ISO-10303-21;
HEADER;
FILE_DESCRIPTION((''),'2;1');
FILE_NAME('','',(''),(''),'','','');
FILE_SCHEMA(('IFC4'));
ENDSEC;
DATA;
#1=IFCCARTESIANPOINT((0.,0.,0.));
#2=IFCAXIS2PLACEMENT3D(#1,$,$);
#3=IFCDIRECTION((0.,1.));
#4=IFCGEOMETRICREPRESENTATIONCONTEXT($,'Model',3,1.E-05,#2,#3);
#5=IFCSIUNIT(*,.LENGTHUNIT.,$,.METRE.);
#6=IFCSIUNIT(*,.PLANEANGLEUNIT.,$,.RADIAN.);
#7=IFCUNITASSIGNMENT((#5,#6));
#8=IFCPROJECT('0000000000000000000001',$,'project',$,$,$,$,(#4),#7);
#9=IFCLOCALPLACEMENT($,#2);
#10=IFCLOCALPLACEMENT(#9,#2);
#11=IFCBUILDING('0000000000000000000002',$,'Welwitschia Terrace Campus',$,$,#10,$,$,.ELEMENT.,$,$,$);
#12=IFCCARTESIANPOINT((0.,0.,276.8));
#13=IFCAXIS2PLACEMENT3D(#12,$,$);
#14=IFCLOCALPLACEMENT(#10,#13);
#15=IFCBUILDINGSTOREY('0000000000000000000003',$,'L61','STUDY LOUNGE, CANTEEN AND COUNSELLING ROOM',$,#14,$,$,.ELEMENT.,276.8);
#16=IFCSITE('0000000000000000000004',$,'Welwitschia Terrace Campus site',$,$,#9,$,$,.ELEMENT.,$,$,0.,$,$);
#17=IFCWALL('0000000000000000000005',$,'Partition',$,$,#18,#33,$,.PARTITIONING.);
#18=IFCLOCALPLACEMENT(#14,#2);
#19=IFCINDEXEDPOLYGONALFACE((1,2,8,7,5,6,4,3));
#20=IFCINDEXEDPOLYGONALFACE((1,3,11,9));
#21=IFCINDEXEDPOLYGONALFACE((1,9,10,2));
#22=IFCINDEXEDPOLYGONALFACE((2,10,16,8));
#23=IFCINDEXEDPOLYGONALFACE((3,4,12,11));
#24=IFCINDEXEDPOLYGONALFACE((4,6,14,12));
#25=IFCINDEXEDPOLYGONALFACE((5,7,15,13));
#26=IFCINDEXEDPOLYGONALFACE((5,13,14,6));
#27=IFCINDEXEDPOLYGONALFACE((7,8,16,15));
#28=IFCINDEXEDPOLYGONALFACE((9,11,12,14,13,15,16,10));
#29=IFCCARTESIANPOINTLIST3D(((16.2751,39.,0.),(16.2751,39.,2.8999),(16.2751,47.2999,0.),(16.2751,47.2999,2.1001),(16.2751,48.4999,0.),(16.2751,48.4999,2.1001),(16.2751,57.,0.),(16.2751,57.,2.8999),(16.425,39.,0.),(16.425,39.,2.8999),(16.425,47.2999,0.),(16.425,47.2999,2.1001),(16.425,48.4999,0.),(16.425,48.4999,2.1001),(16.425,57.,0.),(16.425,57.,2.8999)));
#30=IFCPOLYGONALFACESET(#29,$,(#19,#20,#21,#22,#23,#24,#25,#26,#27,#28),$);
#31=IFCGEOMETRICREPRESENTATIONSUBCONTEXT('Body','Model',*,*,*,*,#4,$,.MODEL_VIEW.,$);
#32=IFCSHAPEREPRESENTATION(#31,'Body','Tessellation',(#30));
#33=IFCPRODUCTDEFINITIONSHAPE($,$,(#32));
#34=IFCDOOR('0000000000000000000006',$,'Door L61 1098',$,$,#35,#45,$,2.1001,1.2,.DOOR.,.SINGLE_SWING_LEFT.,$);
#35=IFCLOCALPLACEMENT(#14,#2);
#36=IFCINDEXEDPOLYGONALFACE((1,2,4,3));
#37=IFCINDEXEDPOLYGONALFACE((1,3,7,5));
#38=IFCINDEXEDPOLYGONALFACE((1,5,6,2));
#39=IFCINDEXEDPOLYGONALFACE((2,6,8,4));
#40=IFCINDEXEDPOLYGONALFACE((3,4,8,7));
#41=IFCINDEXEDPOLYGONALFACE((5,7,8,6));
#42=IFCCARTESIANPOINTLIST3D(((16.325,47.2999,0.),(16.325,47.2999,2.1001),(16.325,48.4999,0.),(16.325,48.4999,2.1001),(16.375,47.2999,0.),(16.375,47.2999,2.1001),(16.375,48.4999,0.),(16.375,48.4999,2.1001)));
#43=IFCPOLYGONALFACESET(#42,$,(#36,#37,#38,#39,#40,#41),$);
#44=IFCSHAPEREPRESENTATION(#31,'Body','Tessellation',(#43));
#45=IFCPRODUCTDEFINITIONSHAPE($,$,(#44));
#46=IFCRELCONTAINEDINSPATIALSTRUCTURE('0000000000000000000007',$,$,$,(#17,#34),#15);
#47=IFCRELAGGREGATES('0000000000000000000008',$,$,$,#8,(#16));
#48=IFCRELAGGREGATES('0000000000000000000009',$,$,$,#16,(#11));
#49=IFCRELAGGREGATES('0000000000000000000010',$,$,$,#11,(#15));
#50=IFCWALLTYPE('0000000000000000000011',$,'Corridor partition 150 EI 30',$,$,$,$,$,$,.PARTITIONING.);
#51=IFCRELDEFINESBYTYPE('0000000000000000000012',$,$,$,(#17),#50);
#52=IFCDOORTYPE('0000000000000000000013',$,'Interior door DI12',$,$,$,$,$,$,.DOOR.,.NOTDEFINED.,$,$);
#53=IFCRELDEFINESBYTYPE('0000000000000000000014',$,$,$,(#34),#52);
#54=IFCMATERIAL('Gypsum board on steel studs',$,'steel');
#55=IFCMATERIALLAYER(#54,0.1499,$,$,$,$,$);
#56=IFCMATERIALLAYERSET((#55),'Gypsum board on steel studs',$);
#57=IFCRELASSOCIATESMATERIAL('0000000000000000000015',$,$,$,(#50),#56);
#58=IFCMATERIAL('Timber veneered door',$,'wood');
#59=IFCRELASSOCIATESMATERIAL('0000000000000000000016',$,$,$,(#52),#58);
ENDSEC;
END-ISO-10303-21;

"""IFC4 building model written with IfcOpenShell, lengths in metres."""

from ifc_helpers import new_model, si_unit, direction, frame, frame_2d, origin, place, context, subcontext, project, spatial, rectangle, extrude, material, layer, layer_set, type_object, element, fill, save


model = new_model("IFC4")

# Units and contexts
model_context = context("Model", 3, precision=1e-05, world=origin(), true_north=direction((0.0, 1.0)))
body_context = subcontext(model_context, "Body", "Model", "MODEL_VIEW")
ifc_project = project(units=[si_unit("LENGTHUNIT", "METRE"), si_unit("PLANEANGLEUNIT", "RADIAN")], contexts=[model_context])

# Site, building, storey
site_placement = place(None, origin())
site = spatial("IfcSite", under=ifc_project, at=site_placement, Name="Welwitschia Terrace Campus site", CompositionType="ELEMENT", RefElevation=0.0)
building_placement = place(site_placement, origin())
building = spatial("IfcBuilding", under=site, at=building_placement, Name="Welwitschia Terrace Campus", CompositionType="ELEMENT")
storey_placement = place(building_placement, frame((0.0, 0.0, 276.8)))
storey = spatial("IfcBuildingStorey", under=building, at=storey_placement, Name="L61", Description="STUDY LOUNGE, CANTEEN AND COUNSELLING ROOM", CompositionType="ELEMENT", Elevation=276.8)

# Wall, opening, door
ifc_material_1 = material(Name="Gypsum board on steel studs", Category="steel")
ifc_layer_1 = layer(ifc_material_1, 0.1499)
ifc_layer_set_1 = layer_set([ifc_layer_1], Name="Gypsum board on steel studs")
wall_type = type_object("IfcWallType", Name="Corridor partition 150 EI 30", PredefinedType="PARTITIONING", material=ifc_layer_set_1)
ifc_material_2 = material(Name="Timber veneered door", Category="wood")
door_type_1 = type_object("IfcDoorType", Name="Interior door DI12", OperationType="NOTDEFINED", PredefinedType="DOOR", material=ifc_material_2)
wall_1_placement = place(storey_placement, frame((16.3501, 57.0, 0.0), z_axis=(0.0, 0.0, 1.0), x_axis=(0.0, -1.0, 0.0)))
wall_1 = element("IfcWall", 1, at=wall_1_placement, inside=storey, type_object=wall_type, Name="Partition", PredefinedType="PARTITIONING", context=body_context, shape_type="SweptSolid", body=[
    extrude(rectangle(XDim=18.0, YDim=0.1499, at=frame_2d((9.0, 0.0))), origin(), (0.0, 0.0, 1.0), 2.8999),
])
opening_1_placement = place(wall_1_placement, frame((8.5, 0.0, 0.0)))
opening_1 = element("IfcOpeningElement", 2, at=opening_1_placement, cuts=wall_1, PredefinedType="OPENING", context=body_context, shape_type="SweptSolid", body=[
    extrude(rectangle(XDim=1.2, YDim=2.1001, at=frame_2d((0.6001, 1.05))), frame((0.0, 0.085, 0.0), z_axis=(0.0, -1.0, 0.0), x_axis=(1.0, 0.0, 0.0)), (0.0, 0.0, 1.0), 0.1699),
])
door_1_placement = place(opening_1_placement, origin())
door_1 = element("IfcDoor", 3, at=door_1_placement, inside=storey, type_object=door_type_1, Name="Door L61 1098", OperationType="SINGLE_SWING_LEFT", OverallHeight=2.1001, OverallWidth=1.2, PredefinedType="DOOR", context=body_context, shape_type="SweptSolid", body=[
    extrude(rectangle(XDim=1.2, YDim=2.1001, at=frame_2d((0.6001, 1.05))), frame((0.0, 0.0249, 0.0), z_axis=(0.0, -1.0, 0.0), x_axis=(1.0, 0.0, 0.0)), (0.0, 0.0, 1.0), 0.05),
])
fill(opening_1, door_1)

save(model, "model.ifc")
